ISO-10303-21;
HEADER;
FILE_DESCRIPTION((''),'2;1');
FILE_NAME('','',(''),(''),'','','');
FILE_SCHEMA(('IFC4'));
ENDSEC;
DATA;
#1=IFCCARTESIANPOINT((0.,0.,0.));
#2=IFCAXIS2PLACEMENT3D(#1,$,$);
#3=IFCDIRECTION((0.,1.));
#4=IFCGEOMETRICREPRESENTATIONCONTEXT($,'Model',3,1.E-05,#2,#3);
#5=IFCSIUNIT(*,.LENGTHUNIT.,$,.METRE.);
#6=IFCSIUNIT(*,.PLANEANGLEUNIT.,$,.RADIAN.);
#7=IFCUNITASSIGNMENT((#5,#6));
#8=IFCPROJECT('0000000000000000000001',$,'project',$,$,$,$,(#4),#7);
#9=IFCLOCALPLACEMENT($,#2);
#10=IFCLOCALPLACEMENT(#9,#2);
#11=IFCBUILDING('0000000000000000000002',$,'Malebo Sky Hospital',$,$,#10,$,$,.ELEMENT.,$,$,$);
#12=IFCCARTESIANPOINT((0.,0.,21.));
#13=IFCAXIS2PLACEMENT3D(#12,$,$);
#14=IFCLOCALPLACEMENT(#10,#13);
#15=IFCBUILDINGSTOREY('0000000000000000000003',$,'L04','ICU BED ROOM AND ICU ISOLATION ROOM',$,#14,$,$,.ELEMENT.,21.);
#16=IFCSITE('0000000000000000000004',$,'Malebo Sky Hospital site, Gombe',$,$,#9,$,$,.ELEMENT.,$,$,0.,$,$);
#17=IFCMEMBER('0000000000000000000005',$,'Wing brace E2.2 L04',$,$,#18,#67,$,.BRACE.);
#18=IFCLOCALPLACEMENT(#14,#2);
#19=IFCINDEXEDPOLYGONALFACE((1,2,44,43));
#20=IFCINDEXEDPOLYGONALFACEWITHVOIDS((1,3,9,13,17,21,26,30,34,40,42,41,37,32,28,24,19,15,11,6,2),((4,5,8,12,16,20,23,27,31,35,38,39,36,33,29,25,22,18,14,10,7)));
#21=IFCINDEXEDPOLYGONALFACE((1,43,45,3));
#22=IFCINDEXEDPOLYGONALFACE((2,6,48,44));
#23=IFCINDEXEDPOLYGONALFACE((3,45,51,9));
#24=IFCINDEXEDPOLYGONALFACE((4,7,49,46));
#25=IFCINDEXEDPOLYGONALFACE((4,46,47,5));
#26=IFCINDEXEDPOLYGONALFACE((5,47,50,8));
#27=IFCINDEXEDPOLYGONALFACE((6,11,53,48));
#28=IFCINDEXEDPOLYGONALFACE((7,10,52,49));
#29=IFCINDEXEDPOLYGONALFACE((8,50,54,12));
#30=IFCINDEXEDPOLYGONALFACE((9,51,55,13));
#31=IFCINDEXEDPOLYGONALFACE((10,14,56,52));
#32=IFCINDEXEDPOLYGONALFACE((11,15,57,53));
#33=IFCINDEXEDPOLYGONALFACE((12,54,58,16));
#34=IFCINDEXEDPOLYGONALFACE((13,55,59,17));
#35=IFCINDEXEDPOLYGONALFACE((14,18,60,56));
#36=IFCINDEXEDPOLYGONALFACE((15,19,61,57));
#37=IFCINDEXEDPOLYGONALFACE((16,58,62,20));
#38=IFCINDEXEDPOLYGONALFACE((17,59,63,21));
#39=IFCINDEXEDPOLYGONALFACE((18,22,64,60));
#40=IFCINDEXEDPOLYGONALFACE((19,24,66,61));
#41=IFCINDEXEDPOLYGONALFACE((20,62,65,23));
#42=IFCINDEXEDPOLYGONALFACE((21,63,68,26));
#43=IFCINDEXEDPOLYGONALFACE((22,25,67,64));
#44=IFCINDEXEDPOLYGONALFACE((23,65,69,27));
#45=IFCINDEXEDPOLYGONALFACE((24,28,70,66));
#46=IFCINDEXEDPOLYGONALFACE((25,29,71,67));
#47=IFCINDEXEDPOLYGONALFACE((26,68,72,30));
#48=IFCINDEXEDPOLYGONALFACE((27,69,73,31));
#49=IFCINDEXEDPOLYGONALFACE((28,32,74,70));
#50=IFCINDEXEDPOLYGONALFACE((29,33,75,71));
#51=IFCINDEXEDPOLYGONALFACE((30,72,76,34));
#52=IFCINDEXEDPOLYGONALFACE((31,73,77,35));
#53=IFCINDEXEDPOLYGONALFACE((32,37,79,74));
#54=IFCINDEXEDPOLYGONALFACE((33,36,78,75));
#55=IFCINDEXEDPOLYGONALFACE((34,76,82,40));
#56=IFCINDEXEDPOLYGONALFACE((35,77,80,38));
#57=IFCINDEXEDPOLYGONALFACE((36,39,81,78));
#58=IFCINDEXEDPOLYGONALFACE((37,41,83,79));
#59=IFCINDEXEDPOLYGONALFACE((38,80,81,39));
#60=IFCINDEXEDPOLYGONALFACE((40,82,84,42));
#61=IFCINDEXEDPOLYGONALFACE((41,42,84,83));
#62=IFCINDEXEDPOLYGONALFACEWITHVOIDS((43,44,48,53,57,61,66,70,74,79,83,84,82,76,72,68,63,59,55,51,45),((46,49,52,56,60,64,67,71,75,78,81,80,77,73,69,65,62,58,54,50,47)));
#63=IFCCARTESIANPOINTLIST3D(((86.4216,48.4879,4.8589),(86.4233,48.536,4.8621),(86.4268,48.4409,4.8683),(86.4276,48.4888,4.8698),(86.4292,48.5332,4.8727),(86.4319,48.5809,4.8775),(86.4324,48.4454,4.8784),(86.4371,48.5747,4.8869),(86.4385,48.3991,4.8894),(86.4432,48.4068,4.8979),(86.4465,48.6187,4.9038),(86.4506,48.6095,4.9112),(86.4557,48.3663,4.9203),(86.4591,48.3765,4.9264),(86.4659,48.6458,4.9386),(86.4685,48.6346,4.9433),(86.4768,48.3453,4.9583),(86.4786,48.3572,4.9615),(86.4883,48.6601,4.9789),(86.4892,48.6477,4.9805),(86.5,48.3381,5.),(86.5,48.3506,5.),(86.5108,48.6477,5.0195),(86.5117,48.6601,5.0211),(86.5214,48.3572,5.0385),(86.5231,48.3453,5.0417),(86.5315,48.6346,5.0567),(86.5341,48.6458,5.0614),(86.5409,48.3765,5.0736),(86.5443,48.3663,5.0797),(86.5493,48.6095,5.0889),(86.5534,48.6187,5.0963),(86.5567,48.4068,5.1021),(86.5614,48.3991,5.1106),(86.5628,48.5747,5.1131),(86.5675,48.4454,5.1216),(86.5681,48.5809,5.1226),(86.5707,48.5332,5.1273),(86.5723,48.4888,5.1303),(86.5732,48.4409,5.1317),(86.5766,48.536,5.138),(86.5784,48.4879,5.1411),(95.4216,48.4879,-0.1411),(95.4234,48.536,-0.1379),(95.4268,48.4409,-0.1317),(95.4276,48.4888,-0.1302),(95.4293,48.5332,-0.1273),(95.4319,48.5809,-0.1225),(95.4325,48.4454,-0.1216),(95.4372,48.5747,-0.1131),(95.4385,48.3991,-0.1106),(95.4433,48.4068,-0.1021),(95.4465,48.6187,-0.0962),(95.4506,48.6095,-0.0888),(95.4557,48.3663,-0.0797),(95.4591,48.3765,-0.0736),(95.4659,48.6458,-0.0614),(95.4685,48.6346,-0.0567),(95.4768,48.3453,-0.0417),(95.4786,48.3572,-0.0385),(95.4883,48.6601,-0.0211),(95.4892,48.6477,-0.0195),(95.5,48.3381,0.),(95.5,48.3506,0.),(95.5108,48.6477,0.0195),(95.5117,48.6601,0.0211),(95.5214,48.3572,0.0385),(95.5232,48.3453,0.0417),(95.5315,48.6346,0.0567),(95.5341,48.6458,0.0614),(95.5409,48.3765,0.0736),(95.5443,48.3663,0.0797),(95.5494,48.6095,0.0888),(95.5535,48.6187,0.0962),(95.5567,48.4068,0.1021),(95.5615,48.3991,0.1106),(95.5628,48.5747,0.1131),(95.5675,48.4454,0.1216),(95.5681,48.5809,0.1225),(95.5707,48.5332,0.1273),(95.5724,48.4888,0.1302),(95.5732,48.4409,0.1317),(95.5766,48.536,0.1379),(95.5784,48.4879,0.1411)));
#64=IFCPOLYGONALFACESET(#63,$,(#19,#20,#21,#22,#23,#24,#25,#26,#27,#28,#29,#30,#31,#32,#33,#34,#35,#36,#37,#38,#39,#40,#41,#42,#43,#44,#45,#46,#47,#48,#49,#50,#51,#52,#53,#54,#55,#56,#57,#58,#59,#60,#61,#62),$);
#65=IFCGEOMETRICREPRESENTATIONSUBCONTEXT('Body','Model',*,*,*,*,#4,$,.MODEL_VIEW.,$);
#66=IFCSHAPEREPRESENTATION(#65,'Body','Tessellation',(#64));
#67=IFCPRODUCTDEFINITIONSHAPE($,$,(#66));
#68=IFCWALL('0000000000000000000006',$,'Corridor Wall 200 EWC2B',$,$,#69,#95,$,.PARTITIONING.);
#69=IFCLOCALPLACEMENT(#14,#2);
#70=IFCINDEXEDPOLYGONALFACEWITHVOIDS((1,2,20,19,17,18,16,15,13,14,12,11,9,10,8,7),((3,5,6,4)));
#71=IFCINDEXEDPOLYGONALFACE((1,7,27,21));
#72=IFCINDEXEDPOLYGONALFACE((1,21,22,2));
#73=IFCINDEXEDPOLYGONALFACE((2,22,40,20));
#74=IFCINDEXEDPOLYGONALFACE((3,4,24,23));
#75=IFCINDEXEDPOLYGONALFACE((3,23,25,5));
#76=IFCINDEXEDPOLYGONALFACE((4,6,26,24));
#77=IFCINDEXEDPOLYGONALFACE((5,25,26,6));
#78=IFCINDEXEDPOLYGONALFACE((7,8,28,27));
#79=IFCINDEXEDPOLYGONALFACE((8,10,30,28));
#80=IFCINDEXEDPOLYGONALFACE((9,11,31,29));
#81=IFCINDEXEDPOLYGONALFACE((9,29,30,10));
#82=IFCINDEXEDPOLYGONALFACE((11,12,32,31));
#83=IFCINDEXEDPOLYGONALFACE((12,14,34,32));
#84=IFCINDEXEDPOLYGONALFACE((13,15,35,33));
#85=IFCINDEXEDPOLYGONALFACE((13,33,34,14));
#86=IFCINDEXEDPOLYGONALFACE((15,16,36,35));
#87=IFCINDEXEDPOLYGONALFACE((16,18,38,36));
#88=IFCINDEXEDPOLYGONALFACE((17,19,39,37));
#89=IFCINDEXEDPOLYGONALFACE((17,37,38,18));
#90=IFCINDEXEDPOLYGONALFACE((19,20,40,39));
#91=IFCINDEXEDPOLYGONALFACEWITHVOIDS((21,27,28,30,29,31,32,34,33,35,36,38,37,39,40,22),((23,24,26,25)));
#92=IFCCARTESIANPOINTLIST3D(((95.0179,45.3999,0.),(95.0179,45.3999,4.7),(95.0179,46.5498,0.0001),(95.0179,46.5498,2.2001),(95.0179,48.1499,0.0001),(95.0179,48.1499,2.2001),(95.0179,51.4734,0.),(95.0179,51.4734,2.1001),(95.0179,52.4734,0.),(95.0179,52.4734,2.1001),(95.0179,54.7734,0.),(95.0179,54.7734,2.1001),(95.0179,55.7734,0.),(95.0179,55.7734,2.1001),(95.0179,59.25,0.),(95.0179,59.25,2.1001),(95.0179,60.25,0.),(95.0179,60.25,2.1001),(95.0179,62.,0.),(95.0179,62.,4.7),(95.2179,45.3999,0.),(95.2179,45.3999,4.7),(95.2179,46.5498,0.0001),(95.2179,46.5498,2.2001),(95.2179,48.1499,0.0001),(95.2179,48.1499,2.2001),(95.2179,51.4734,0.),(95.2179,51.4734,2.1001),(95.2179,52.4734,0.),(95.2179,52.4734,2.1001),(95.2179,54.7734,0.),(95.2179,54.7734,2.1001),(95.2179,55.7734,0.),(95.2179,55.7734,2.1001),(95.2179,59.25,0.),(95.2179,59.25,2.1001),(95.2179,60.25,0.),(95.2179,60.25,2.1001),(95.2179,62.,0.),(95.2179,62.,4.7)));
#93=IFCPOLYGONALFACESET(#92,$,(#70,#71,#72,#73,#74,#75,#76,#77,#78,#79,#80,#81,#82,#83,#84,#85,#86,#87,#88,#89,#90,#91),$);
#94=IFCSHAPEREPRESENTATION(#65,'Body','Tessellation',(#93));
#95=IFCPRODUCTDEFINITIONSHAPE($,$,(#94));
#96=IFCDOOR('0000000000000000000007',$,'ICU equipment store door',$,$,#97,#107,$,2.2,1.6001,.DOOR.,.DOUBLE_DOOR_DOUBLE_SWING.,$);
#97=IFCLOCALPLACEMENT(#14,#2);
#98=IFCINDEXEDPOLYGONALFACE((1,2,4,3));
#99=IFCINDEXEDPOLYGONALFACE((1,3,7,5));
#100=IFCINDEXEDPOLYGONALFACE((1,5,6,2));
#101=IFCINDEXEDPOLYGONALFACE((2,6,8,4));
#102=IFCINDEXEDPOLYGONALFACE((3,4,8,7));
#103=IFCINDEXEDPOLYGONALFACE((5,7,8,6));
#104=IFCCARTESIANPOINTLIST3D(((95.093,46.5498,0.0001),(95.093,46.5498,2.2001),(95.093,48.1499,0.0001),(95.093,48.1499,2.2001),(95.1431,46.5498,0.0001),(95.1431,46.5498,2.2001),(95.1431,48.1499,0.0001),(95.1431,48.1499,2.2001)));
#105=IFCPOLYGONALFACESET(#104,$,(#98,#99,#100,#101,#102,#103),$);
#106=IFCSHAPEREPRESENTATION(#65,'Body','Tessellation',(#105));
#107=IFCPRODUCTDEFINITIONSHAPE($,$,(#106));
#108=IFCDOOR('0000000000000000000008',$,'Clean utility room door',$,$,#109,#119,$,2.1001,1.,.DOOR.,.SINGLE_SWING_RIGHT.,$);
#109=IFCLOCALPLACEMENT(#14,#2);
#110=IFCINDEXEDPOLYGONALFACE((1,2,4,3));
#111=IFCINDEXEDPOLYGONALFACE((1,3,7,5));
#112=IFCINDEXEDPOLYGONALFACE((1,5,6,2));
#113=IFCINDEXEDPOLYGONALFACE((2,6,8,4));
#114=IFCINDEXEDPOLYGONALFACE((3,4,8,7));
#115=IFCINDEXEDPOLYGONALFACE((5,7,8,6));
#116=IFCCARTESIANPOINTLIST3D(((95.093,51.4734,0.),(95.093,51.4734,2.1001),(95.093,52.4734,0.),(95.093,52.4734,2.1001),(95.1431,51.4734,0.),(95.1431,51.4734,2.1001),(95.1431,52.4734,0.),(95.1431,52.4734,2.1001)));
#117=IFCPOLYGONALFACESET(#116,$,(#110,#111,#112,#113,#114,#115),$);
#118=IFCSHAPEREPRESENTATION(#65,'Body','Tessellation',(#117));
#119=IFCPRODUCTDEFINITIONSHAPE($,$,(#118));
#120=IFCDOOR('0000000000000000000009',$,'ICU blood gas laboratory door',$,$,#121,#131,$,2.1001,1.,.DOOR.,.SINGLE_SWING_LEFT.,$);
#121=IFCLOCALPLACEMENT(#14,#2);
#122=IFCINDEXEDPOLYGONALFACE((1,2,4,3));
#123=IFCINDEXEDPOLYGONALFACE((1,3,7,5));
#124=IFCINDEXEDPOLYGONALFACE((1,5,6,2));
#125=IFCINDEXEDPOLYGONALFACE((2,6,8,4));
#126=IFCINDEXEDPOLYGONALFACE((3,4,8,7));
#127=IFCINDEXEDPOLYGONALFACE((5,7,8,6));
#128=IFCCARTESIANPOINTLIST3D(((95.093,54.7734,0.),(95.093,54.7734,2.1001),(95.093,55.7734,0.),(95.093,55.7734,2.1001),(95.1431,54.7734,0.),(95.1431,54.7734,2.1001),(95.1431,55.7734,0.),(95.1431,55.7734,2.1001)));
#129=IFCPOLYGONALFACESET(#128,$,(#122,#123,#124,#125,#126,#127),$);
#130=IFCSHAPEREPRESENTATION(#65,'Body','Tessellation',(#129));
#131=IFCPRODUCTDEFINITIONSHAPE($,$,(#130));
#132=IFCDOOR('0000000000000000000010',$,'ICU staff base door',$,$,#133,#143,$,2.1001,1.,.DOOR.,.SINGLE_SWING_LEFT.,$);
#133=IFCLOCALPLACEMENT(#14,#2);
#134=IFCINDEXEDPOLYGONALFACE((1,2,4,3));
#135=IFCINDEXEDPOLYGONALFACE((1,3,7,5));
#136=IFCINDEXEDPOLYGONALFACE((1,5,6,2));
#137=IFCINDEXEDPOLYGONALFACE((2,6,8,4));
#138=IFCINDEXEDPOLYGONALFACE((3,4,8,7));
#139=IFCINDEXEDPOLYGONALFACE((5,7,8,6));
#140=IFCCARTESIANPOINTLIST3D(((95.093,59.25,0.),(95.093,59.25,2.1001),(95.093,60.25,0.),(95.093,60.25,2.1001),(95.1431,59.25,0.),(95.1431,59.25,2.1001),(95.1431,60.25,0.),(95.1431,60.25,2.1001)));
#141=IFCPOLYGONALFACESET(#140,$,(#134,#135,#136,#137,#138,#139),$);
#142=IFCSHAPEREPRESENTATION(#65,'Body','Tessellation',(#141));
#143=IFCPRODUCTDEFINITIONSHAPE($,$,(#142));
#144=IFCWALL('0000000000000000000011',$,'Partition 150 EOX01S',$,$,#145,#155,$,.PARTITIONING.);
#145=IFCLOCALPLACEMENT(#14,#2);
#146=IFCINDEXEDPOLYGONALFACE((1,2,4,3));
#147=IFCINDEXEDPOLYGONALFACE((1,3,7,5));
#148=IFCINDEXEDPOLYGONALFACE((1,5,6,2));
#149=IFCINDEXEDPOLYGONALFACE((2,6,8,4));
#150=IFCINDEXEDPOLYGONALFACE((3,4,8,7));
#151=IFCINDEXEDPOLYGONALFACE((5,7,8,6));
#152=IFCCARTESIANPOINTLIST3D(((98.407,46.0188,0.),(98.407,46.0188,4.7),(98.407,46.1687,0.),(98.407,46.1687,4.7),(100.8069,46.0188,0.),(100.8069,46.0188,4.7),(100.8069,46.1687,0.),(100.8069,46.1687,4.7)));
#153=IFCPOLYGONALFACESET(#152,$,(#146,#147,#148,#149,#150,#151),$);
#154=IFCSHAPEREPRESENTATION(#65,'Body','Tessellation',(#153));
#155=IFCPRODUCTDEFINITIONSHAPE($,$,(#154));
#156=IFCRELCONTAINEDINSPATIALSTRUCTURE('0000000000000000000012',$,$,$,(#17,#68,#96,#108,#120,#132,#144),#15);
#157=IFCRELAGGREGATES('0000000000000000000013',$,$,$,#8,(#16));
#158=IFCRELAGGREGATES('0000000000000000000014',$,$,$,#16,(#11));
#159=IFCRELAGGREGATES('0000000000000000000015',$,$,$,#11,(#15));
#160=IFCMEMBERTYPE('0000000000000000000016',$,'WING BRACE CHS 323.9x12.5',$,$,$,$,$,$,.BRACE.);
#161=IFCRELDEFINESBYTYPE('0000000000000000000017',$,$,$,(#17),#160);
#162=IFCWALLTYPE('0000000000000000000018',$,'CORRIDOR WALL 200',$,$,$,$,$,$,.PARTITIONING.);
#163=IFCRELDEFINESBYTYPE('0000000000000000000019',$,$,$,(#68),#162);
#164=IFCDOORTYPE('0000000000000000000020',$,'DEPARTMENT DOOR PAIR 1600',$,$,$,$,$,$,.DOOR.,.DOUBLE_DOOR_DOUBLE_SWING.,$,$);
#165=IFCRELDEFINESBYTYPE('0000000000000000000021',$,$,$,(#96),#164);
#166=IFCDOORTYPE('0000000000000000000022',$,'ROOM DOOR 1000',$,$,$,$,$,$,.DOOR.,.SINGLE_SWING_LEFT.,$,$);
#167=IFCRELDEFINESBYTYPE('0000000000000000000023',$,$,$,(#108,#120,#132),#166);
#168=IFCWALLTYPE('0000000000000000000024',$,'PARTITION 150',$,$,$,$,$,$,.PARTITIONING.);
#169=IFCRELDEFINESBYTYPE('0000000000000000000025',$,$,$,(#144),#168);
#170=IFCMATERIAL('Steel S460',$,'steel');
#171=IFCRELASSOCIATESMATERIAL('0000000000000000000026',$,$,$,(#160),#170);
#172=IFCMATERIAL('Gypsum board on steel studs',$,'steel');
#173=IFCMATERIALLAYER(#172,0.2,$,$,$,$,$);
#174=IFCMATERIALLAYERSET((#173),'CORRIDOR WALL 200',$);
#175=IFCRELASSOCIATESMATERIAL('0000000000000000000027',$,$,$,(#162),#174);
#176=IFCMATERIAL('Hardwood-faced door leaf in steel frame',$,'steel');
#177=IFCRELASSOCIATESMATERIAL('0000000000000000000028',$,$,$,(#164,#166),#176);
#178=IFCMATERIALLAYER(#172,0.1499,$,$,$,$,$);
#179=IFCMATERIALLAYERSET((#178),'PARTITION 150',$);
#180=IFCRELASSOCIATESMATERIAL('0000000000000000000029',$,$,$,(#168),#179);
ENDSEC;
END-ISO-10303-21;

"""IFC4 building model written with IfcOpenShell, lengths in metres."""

from ifc_helpers import new_model, si_unit, direction, frame, frame_2d, origin, origin_2d, place, context, subcontext, project, spatial, rectangle, hollow_circle, extrude, material, layer, layer_set, material_profile, profile_set, type_object, element, fill, save


model = new_model("IFC4")

# Units and contexts
model_context = context("Model", 3, precision=1e-05, world=origin(), true_north=direction((0.0, 1.0)))
body_context = subcontext(model_context, "Body", "Model", "MODEL_VIEW")
ifc_project = project(units=[si_unit("LENGTHUNIT", "METRE"), si_unit("PLANEANGLEUNIT", "RADIAN")], contexts=[model_context])

# Site, building, storey
site_placement = place(None, origin())
site = spatial("IfcSite", under=ifc_project, at=site_placement, Name="Malebo Sky Hospital site, Gombe", CompositionType="ELEMENT", RefElevation=0.0)
building_placement = place(site_placement, origin())
building = spatial("IfcBuilding", under=site, at=building_placement, Name="Malebo Sky Hospital", CompositionType="ELEMENT")
storey_placement = place(building_placement, frame((0.0, 0.0, 21.0)))
storey = spatial("IfcBuildingStorey", under=building, at=storey_placement, Name="L04", Description="ICU BED ROOM AND ICU ISOLATION ROOM", CompositionType="ELEMENT", Elevation=21.0)

# Member
ifc_material_1 = material(Name="Steel S460", Category="steel")
ifc_material_profile_1 = material_profile(ifc_material_1, hollow_circle(Radius=0.1619, WallThickness=0.0125, at=origin_2d()), Name="CHS 323.9x12.5")
ifc_profile_set_1 = profile_set([ifc_material_profile_1], Name="Steel S460")
member_type = type_object("IfcMemberType", Name="WING BRACE CHS 323.9x12.5", PredefinedType="BRACE", material=ifc_profile_set_1)
for number, where, z_axis, x_axis, name in (
    (1, (95.5, 48.5, 0.0), (-0.874157, 0.0, 0.485643), (0.0, -1.0, 0.0), "Wing brace E2.2 L04"),
):
    element("IfcMember", number, at=place(storey_placement, frame(where, z_axis=z_axis, x_axis=x_axis)), inside=storey, type_object=member_type, Name=name, PredefinedType="BRACE", context=body_context, shape_type="SweptSolid", body=[
        extrude(hollow_circle(Radius=0.1619, WallThickness=0.0125, at=origin_2d()), origin(), (0.0, 0.0, 1.0), 10.2957),
    ])

# Wall, openings, doors
ifc_material_2 = material(Name="Gypsum board on steel studs", Category="steel")
ifc_layer_1 = layer(ifc_material_2, 0.2)
ifc_layer_set_1 = layer_set([ifc_layer_1], Name="CORRIDOR WALL 200")
wall_type_1 = type_object("IfcWallType", Name="CORRIDOR WALL 200", PredefinedType="PARTITIONING", material=ifc_layer_set_1)
wall_1_placement = place(storey_placement, frame((95.1179, 45.3999, 0.0), z_axis=(0.0, 0.0, 1.0), x_axis=(0.0, 1.0, 0.0)))
wall_1 = element("IfcWall", 2, at=wall_1_placement, inside=storey, type_object=wall_type_1, Name="Corridor Wall 200 EWC2B", PredefinedType="PARTITIONING", context=body_context, shape_type="SweptSolid", body=[
    extrude(rectangle(XDim=16.6001, YDim=0.2, at=frame_2d((8.3, 0.0))), origin(), (0.0, 0.0, 1.0), 4.7),
])
opening_1_placement = place(wall_1_placement, frame((1.1499, 0.0, 0.0)))
opening_1 = element("IfcOpeningElement", 3, at=opening_1_placement, cuts=wall_1, PredefinedType="OPENING", context=body_context, shape_type="SweptSolid", body=[
    extrude(rectangle(XDim=1.6001, YDim=2.2, at=frame_2d((0.8, 1.1001))), frame((0.0, 0.1099, 0.0), z_axis=(0.0, -1.0, 0.0), x_axis=(1.0, 0.0, 0.0)), (0.0, 0.0, 1.0), 0.22),
])
opening_2_placement = place(wall_1_placement, frame((6.0735, 0.0, 0.0)))
opening_2 = element("IfcOpeningElement", 4, at=opening_2_placement, cuts=wall_1, PredefinedType="OPENING", context=body_context, shape_type="SweptSolid", body=[
    extrude(rectangle(XDim=1.0, YDim=2.1001, at=frame_2d((0.5, 1.05))), frame((0.0, 0.1099, 0.0), z_axis=(0.0, -1.0, 0.0), x_axis=(1.0, 0.0, 0.0)), (0.0, 0.0, 1.0), 0.22),
])
opening_3_placement = place(wall_1_placement, frame((9.3735, 0.0, 0.0)))
opening_3 = element("IfcOpeningElement", 5, at=opening_3_placement, cuts=wall_1, PredefinedType="OPENING", context=body_context, shape_type="SweptSolid", body=[
    extrude(rectangle(XDim=1.0, YDim=2.1001, at=frame_2d((0.5, 1.05))), frame((0.0, 0.1099, 0.0), z_axis=(0.0, -1.0, 0.0), x_axis=(1.0, 0.0, 0.0)), (0.0, 0.0, 1.0), 0.22),
])
opening_4_placement = place(wall_1_placement, frame((13.8501, 0.0, 0.0)))
opening_4 = element("IfcOpeningElement", 6, at=opening_4_placement, cuts=wall_1, PredefinedType="OPENING", context=body_context, shape_type="SweptSolid", body=[
    extrude(rectangle(XDim=1.0, YDim=2.1001, at=frame_2d((0.5, 1.05))), frame((0.0, 0.1099, 0.0), z_axis=(0.0, -1.0, 0.0), x_axis=(1.0, 0.0, 0.0)), (0.0, 0.0, 1.0), 0.22),
])
ifc_material_3 = material(Name="Hardwood-faced door leaf in steel frame", Category="steel")
door_type_1 = type_object("IfcDoorType", Name="DEPARTMENT DOOR PAIR 1600", OperationType="DOUBLE_DOOR_DOUBLE_SWING", PredefinedType="DOOR", material=ifc_material_3)
door_1_placement = place(opening_1_placement, origin())
door_1 = element("IfcDoor", 7, at=door_1_placement, inside=storey, type_object=door_type_1, Name="ICU equipment store door", OperationType="DOUBLE_DOOR_DOUBLE_SWING", OverallHeight=2.2, OverallWidth=1.6001, PredefinedType="DOOR", context=body_context, shape_type="SweptSolid", body=[
    extrude(rectangle(XDim=1.6001, YDim=2.2, at=frame_2d((0.8, 1.1001))), frame((0.0, 0.0249, 0.0), z_axis=(0.0, -1.0, 0.0), x_axis=(1.0, 0.0, 0.0)), (0.0, 0.0, 1.0), 0.05),
])
fill(opening_1, door_1)
door_type_2 = type_object("IfcDoorType", Name="ROOM DOOR 1000", OperationType="SINGLE_SWING_LEFT", PredefinedType="DOOR", material=ifc_material_3)
door_2_placement = place(opening_2_placement, origin())
door_2 = element("IfcDoor", 8, at=door_2_placement, inside=storey, type_object=door_type_2, Name="Clean utility room door", OperationType="SINGLE_SWING_RIGHT", OverallHeight=2.1001, OverallWidth=1.0, PredefinedType="DOOR", context=body_context, shape_type="SweptSolid", body=[
    extrude(rectangle(XDim=1.0, YDim=2.1001, at=frame_2d((0.5, 1.05))), frame((0.0, 0.0249, 0.0), z_axis=(0.0, -1.0, 0.0), x_axis=(1.0, 0.0, 0.0)), (0.0, 0.0, 1.0), 0.05),
])
fill(opening_2, door_2)
door_3_placement = place(opening_3_placement, origin())
door_3 = element("IfcDoor", 9, at=door_3_placement, inside=storey, type_object=door_type_2, Name="ICU blood gas laboratory door", OperationType="SINGLE_SWING_LEFT", OverallHeight=2.1001, OverallWidth=1.0, PredefinedType="DOOR", context=body_context, shape_type="SweptSolid", body=[
    extrude(rectangle(XDim=1.0, YDim=2.1001, at=frame_2d((0.5, 1.05))), frame((0.0, 0.0249, 0.0), z_axis=(0.0, -1.0, 0.0), x_axis=(1.0, 0.0, 0.0)), (0.0, 0.0, 1.0), 0.05),
])
fill(opening_3, door_3)
door_4_placement = place(opening_4_placement, origin())
door_4 = element("IfcDoor", 10, at=door_4_placement, inside=storey, type_object=door_type_2, Name="ICU staff base door", OperationType="SINGLE_SWING_LEFT", OverallHeight=2.1001, OverallWidth=1.0, PredefinedType="DOOR", context=body_context, shape_type="SweptSolid", body=[
    extrude(rectangle(XDim=1.0, YDim=2.1001, at=frame_2d((0.5, 1.05))), frame((0.0, 0.0249, 0.0), z_axis=(0.0, -1.0, 0.0), x_axis=(1.0, 0.0, 0.0)), (0.0, 0.0, 1.0), 0.05),
])
fill(opening_4, door_4)

# Wall
ifc_layer_2 = layer(ifc_material_2, 0.1499)
ifc_layer_set_2 = layer_set([ifc_layer_2], Name="PARTITION 150")
wall_type_2 = type_object("IfcWallType", Name="PARTITION 150", PredefinedType="PARTITIONING", material=ifc_layer_set_2)
wall_2_placement = place(storey_placement, frame((98.407, 46.0938, 0.0), z_axis=(0.0, 0.0, 1.0), x_axis=(1.0, 0.0, 0.0)))
element("IfcWall", 11, at=wall_2_placement, inside=storey, type_object=wall_type_2, Name="Partition 150 EOX01S", PredefinedType="PARTITIONING", context=body_context, shape_type="SweptSolid", body=[
    extrude(rectangle(XDim=2.3999, YDim=0.1499, at=frame_2d((1.2, 0.0))), origin(), (0.0, 0.0, 1.0), 4.7),
])

save(model, "model.ifc")
